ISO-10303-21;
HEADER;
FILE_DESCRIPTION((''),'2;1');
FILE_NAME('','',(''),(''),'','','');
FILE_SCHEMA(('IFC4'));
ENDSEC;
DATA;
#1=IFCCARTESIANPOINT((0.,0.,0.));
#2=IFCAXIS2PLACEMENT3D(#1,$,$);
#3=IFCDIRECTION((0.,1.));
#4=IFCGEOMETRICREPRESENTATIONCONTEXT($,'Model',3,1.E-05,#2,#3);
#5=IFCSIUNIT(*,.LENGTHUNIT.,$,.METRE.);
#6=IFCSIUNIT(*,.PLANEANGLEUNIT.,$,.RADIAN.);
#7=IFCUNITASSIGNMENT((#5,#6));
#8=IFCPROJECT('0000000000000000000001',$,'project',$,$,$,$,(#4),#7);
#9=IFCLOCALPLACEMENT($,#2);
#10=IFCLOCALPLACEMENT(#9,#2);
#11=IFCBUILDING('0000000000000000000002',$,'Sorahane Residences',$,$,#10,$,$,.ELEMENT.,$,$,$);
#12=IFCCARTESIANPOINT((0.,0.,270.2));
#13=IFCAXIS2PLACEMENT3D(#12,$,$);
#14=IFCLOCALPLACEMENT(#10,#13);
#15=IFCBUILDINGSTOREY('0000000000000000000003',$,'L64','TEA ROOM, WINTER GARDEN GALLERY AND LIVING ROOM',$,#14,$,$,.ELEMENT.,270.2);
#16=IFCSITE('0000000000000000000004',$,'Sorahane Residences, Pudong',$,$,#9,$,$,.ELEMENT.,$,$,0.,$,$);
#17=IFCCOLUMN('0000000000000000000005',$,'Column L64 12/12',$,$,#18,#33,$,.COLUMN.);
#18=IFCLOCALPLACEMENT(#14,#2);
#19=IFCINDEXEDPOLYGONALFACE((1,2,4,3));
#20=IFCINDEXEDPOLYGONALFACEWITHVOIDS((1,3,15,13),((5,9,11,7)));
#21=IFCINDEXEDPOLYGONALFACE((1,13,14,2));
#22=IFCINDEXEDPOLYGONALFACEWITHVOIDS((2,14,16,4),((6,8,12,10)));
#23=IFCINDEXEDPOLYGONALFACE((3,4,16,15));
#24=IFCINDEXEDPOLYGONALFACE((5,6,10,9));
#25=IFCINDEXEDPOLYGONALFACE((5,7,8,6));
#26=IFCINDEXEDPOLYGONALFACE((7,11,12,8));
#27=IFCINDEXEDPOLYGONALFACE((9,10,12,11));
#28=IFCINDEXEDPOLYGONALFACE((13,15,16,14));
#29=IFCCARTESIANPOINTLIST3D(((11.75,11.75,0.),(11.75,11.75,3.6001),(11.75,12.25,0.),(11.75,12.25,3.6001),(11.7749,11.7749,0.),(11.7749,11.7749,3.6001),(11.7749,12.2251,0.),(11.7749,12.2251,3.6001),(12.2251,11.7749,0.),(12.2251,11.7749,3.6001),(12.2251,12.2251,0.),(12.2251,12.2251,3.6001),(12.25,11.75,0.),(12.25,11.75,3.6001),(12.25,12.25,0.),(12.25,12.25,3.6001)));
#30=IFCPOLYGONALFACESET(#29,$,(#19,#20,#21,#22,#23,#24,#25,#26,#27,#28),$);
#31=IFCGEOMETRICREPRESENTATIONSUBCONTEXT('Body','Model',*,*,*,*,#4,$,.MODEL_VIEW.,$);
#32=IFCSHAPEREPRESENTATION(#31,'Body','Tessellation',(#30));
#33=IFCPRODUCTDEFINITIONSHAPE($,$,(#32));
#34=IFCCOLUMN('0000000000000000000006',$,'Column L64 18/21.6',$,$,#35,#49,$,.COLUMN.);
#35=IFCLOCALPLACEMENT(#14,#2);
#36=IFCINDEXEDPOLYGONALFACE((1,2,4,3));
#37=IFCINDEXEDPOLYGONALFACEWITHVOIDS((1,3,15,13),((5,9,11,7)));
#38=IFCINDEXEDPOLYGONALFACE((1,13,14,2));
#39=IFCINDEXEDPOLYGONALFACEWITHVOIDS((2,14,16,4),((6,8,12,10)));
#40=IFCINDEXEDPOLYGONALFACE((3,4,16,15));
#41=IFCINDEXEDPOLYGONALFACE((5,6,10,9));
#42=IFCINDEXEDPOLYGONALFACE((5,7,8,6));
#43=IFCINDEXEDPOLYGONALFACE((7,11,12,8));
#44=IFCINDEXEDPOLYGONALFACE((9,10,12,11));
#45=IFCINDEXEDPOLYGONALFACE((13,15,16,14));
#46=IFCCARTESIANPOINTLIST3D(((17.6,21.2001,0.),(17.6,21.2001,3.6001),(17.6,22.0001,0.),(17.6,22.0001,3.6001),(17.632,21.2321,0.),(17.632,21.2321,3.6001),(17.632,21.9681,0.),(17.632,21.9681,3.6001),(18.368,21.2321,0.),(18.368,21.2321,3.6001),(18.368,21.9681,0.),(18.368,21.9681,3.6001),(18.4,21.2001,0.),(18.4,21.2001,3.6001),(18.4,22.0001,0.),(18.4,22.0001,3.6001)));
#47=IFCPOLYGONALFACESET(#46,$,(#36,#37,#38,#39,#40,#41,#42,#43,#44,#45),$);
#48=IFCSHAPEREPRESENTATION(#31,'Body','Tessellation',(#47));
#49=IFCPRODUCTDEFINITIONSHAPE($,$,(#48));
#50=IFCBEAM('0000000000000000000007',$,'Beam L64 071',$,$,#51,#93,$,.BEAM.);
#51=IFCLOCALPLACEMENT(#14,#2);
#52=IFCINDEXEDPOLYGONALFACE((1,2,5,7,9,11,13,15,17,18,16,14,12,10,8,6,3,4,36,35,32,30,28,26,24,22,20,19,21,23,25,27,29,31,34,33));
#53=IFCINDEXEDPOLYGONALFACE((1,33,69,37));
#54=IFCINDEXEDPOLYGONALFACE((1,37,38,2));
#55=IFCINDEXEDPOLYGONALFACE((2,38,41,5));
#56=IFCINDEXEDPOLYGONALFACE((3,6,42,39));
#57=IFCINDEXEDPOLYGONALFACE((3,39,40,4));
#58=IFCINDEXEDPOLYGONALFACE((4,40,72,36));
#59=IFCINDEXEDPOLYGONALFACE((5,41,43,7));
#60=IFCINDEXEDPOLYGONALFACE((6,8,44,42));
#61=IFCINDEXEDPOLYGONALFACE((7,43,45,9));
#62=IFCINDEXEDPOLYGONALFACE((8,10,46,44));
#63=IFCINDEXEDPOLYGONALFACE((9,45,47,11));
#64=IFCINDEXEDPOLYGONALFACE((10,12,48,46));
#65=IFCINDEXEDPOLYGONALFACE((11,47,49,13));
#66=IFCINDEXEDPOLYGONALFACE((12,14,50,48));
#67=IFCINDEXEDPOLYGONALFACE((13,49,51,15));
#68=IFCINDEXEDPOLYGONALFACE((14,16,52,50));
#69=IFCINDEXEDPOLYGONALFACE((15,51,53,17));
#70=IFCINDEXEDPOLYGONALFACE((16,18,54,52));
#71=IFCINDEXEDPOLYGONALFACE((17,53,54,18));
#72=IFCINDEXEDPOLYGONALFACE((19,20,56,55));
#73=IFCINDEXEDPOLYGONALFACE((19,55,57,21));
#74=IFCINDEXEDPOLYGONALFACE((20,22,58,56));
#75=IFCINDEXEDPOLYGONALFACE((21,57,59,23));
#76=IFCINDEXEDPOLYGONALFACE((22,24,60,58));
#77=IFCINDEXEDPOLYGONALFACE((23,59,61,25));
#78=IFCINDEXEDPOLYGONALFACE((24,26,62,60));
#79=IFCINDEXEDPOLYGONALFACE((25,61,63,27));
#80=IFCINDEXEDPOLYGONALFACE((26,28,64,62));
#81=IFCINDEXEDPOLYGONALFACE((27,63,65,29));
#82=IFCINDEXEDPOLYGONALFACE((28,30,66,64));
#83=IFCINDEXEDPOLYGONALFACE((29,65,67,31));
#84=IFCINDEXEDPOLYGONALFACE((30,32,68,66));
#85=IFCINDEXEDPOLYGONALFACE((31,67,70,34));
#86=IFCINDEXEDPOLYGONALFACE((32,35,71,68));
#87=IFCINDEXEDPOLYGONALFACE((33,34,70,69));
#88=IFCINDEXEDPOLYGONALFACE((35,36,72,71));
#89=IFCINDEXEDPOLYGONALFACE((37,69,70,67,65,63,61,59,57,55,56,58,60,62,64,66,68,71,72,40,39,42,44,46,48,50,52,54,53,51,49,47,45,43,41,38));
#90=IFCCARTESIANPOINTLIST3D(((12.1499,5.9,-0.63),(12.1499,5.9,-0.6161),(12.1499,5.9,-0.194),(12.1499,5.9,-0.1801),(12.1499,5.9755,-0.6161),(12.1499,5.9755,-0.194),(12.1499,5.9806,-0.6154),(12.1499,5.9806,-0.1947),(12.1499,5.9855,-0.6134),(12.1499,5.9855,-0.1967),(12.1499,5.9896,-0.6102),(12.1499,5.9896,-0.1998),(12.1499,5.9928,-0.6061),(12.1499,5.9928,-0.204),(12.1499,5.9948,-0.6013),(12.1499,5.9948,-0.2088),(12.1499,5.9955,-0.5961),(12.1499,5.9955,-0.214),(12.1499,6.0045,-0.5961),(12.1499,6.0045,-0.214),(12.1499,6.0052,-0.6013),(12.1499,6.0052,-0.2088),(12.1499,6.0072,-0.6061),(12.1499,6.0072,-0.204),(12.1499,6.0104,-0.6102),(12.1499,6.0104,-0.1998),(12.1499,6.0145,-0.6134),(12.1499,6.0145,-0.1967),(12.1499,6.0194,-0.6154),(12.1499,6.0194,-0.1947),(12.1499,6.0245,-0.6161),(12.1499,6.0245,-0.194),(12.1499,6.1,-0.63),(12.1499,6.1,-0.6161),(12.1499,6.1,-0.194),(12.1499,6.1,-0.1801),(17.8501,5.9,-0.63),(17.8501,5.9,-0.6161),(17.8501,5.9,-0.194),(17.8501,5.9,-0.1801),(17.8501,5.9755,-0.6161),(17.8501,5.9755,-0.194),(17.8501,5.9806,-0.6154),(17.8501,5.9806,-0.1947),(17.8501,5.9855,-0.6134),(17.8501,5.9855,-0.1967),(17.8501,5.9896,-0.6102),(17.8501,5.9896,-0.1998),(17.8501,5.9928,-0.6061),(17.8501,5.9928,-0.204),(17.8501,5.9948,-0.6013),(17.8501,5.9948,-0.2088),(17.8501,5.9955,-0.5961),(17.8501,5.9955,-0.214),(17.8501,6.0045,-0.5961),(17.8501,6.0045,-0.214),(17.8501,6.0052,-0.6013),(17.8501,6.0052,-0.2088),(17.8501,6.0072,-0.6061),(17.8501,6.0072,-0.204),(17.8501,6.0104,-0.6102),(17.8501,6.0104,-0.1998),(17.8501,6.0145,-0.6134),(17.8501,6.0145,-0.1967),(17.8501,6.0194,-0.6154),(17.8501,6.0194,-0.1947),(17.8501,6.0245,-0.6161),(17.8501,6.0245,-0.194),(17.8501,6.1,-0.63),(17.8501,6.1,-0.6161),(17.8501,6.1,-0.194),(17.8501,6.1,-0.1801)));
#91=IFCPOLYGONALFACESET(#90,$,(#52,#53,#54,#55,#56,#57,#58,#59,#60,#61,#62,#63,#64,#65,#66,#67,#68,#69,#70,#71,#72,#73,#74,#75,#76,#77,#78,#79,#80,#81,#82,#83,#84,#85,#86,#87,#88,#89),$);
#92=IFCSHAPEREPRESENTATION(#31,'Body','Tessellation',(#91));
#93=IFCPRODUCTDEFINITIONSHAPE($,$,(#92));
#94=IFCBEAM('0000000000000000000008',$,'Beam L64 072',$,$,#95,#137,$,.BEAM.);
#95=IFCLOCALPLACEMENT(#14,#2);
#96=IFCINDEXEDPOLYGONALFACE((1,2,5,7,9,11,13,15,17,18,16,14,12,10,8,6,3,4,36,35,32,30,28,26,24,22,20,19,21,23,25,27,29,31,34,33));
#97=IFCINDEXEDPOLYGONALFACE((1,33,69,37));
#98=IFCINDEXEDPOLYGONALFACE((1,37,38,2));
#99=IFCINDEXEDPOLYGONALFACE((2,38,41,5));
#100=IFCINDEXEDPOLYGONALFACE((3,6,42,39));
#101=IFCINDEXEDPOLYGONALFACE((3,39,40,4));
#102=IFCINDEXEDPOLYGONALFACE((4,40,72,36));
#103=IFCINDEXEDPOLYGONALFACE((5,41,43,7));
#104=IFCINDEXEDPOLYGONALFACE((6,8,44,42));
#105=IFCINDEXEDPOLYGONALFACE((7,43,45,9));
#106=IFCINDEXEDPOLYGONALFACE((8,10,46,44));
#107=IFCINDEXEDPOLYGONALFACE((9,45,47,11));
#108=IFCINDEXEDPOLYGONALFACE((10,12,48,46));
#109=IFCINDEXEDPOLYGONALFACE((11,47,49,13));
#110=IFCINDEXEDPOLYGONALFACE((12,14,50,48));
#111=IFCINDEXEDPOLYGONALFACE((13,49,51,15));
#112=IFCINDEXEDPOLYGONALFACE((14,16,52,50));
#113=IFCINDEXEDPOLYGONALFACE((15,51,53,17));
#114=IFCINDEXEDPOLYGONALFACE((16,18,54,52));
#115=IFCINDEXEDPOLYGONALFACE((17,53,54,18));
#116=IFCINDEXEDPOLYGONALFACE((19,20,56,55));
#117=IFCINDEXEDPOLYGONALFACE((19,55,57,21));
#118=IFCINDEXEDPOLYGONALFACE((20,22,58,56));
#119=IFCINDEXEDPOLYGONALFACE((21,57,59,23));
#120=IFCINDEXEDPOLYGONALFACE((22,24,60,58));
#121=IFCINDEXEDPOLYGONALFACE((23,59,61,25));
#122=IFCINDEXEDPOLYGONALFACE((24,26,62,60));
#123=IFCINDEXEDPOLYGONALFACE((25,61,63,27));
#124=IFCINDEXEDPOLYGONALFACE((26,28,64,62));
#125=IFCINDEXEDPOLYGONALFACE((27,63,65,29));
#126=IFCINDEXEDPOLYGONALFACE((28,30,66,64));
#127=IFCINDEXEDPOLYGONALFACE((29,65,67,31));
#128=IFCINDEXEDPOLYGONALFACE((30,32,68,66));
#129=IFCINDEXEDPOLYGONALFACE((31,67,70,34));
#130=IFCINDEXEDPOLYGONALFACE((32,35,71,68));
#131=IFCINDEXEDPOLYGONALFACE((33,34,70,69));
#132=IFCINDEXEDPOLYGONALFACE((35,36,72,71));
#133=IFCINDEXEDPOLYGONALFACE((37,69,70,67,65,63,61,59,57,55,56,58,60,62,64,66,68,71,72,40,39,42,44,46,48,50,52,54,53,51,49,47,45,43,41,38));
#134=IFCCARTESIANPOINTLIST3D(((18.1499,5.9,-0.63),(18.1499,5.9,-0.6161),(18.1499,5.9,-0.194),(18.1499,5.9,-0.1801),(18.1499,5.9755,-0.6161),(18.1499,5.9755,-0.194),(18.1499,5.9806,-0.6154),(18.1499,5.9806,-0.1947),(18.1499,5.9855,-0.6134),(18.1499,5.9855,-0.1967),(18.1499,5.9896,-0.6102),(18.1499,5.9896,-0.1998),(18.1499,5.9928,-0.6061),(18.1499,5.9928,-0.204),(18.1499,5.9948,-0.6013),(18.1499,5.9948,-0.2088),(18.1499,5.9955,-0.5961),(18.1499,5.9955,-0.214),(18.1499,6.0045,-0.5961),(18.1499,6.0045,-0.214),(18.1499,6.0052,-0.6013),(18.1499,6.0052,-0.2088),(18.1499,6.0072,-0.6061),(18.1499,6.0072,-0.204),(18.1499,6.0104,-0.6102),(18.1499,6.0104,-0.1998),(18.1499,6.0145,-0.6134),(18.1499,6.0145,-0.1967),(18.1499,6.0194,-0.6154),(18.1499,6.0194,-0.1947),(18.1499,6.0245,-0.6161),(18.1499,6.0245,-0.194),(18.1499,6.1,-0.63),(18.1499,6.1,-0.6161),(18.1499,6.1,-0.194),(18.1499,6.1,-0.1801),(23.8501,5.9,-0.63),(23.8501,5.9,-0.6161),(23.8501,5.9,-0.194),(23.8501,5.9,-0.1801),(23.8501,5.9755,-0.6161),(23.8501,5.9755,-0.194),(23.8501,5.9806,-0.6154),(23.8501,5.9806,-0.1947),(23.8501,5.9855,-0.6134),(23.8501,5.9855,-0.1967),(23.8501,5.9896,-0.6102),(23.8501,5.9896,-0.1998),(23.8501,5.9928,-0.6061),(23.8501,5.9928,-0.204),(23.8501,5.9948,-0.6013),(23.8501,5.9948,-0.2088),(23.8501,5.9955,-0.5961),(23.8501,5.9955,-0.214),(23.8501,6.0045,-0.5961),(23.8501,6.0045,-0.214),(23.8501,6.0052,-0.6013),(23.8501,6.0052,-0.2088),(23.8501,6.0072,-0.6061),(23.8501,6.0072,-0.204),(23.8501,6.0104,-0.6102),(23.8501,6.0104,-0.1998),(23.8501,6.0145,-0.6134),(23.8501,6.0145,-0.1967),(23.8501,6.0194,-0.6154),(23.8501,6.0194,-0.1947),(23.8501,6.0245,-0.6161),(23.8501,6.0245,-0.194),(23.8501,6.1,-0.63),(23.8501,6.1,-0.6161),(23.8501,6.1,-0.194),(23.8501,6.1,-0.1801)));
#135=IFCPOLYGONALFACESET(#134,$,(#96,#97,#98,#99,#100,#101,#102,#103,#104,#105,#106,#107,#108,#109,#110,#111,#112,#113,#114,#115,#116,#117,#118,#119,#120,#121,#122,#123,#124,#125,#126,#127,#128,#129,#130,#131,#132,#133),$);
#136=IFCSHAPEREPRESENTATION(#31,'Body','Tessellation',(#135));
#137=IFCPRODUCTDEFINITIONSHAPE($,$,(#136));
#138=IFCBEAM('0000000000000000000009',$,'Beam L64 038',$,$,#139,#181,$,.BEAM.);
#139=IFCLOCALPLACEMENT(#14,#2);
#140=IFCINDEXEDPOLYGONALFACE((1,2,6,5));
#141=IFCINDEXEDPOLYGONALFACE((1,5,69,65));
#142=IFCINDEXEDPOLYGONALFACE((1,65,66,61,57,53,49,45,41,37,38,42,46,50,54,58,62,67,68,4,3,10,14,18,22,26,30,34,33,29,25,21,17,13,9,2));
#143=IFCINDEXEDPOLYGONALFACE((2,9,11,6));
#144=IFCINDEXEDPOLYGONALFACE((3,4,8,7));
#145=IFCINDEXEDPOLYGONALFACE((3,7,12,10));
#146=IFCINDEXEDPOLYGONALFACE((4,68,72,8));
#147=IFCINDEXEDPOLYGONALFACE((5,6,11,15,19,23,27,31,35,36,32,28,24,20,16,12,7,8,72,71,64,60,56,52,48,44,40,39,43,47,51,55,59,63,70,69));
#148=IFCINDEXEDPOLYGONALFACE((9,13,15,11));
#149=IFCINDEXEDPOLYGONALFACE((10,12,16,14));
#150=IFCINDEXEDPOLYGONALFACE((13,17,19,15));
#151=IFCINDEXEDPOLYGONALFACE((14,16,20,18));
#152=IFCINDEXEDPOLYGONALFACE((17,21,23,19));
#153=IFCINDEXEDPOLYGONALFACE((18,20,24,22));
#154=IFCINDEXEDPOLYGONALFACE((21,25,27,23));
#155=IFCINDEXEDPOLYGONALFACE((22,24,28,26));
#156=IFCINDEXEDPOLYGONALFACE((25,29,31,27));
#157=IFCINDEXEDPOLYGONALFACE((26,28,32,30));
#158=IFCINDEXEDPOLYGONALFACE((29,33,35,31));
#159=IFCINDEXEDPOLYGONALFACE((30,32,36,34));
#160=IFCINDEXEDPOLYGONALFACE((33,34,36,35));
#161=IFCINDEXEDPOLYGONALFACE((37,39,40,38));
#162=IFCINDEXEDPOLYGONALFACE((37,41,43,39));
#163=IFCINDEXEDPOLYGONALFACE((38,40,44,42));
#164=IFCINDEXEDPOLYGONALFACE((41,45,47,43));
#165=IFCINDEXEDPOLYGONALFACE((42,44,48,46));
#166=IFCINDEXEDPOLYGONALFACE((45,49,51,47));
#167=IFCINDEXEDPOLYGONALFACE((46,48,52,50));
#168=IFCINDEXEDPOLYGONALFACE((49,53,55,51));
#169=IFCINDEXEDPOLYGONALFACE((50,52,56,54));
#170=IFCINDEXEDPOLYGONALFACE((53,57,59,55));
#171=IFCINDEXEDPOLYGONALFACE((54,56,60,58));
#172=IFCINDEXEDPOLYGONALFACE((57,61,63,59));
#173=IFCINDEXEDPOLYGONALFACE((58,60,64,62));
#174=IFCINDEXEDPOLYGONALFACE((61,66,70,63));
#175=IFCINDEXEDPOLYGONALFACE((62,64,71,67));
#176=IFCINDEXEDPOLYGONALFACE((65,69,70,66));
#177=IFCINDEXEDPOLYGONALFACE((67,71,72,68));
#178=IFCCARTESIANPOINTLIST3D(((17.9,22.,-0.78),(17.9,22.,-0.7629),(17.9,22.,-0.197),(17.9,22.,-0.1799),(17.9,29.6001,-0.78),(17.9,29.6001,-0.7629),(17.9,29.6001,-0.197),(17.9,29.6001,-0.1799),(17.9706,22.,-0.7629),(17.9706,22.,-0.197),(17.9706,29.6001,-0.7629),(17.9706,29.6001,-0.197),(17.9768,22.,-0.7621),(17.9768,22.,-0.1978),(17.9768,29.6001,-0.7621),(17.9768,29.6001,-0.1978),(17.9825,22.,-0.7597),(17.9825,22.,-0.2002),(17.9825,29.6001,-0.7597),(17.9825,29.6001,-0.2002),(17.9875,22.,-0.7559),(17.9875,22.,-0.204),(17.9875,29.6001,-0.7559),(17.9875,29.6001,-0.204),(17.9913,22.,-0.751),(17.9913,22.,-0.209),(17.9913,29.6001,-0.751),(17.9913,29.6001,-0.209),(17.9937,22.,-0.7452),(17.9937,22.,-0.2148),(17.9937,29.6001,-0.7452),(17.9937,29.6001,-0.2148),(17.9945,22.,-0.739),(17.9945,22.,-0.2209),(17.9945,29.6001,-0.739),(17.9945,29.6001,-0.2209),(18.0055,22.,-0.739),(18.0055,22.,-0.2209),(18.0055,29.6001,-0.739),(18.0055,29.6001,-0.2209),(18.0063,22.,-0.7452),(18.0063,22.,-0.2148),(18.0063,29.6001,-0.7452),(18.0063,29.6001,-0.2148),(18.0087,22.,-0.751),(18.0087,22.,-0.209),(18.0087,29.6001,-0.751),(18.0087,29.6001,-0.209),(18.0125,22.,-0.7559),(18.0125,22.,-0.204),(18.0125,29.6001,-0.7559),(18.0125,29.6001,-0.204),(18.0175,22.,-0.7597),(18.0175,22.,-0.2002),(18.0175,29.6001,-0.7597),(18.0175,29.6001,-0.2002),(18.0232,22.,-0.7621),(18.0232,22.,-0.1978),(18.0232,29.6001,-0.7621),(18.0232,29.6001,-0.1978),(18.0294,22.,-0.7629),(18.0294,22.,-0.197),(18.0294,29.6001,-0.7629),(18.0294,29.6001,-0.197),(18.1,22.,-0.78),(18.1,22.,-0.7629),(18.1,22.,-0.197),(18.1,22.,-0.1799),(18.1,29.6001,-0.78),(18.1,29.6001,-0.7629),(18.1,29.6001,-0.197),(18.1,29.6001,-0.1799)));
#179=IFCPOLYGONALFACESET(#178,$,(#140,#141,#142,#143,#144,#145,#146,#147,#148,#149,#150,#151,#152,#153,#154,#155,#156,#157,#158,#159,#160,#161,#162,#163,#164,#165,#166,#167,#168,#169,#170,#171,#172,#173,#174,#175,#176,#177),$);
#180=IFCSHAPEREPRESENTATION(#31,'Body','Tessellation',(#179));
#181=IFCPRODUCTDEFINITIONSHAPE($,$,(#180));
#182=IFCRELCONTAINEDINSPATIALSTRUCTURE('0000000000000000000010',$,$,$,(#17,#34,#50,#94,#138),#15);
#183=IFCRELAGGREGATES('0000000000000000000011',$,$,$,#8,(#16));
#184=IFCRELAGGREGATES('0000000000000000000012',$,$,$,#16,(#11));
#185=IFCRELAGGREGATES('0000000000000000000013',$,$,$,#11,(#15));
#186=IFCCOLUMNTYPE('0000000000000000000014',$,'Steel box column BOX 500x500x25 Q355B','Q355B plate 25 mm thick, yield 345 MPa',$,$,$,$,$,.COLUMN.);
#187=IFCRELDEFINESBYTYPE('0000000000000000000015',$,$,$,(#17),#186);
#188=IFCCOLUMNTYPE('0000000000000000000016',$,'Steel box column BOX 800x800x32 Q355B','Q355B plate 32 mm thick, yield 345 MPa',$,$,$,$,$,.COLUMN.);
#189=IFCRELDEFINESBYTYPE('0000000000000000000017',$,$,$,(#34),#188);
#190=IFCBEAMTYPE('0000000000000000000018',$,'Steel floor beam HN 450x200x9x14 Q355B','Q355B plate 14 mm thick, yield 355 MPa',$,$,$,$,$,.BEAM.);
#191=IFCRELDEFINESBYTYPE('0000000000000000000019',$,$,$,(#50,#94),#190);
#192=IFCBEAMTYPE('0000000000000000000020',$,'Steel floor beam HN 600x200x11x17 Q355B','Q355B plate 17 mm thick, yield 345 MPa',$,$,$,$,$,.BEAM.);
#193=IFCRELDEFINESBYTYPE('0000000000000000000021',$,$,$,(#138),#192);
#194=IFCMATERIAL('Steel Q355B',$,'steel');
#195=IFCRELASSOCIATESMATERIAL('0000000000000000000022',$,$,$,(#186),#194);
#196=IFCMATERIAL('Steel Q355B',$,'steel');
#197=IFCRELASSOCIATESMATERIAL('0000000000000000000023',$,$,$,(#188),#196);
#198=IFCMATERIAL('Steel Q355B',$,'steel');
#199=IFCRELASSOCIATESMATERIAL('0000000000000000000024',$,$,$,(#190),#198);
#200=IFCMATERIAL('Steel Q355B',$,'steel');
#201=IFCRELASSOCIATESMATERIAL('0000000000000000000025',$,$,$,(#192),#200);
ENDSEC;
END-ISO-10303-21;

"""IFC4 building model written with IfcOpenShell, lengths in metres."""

from ifc_helpers import new_model, si_unit, direction, frame, origin, origin_2d, place, context, subcontext, project, spatial, hollow_rectangle, i_section, extrude, material, material_profile, profile_set, type_object, element, save


model = new_model("IFC4")

# Units and contexts
model_context = context("Model", 3, precision=1e-05, world=origin(), true_north=direction((0.0, 1.0)))
body_context = subcontext(model_context, "Body", "Model", "MODEL_VIEW")
ifc_project = project(units=[si_unit("LENGTHUNIT", "METRE"), si_unit("PLANEANGLEUNIT", "RADIAN")], contexts=[model_context])

# Site, building, storey
site_placement = place(None, origin())
site = spatial("IfcSite", under=ifc_project, at=site_placement, Name="Sorahane Residences, Pudong", CompositionType="ELEMENT", RefElevation=0.0)
building_placement = place(site_placement, origin())
building = spatial("IfcBuilding", under=site, at=building_placement, Name="Sorahane Residences", CompositionType="ELEMENT")
storey_placement = place(building_placement, frame((0.0, 0.0, 270.2)))
storey = spatial("IfcBuildingStorey", under=building, at=storey_placement, Name="L64", Description="TEA ROOM, WINTER GARDEN GALLERY AND LIVING ROOM", CompositionType="ELEMENT", Elevation=270.2)

# Columns
ifc_material_1 = material(Name="Steel Q355B", Category="steel")
ifc_material_profile_1 = material_profile(ifc_material_1, hollow_rectangle(XDim=0.5, YDim=0.5, WallThickness=0.0249, at=origin_2d()), Name="BOX 500x500x25")
ifc_profile_set_1 = profile_set([ifc_material_profile_1], Name="Steel Q355B")
column_type_1 = type_object("IfcColumnType", Name="Steel box column BOX 500x500x25 Q355B", Description="Q355B plate 25 mm thick, yield 345 MPa", PredefinedType="COLUMN", material=ifc_profile_set_1)
column_1_placement = place(storey_placement, frame((12.0, 12.0, 0.0), z_axis=(0.0, 0.0, 1.0), x_axis=(1.0, 0.0, 0.0)))
element("IfcColumn", 1, at=column_1_placement, inside=storey, type_object=column_type_1, Name="Column L64 12/12", PredefinedType="COLUMN", context=body_context, shape_type="SweptSolid", body=[
    extrude(hollow_rectangle(XDim=0.5, YDim=0.5, WallThickness=0.0249, at=origin_2d()), origin(), (0.0, 0.0, 1.0), 3.6001),
])
ifc_material_2 = material(Name="Steel Q355B", Category="steel")
ifc_material_profile_2 = material_profile(ifc_material_2, hollow_rectangle(XDim=0.8, YDim=0.8, WallThickness=0.032, at=origin_2d()), Name="BOX 800x800x32")
ifc_profile_set_2 = profile_set([ifc_material_profile_2], Name="Steel Q355B")
column_type_2 = type_object("IfcColumnType", Name="Steel box column BOX 800x800x32 Q355B", Description="Q355B plate 32 mm thick, yield 345 MPa", PredefinedType="COLUMN", material=ifc_profile_set_2)
column_2_placement = place(storey_placement, frame((18.0, 21.6001, 0.0), z_axis=(0.0, 0.0, 1.0), x_axis=(1.0, 0.0, 0.0)))
element("IfcColumn", 2, at=column_2_placement, inside=storey, type_object=column_type_2, Name="Column L64 18/21.6", PredefinedType="COLUMN", context=body_context, shape_type="SweptSolid", body=[
    extrude(hollow_rectangle(XDim=0.8, YDim=0.8, WallThickness=0.032, at=origin_2d()), origin(), (0.0, 0.0, 1.0), 3.6001),
])

# Beams
ifc_material_3 = material(Name="Steel Q355B", Category="steel")
ifc_material_profile_3 = material_profile(ifc_material_3, i_section(OverallWidth=0.2, OverallDepth=0.45, WebThickness=0.009, FlangeThickness=0.0139, FilletRadius=0.02, at=origin_2d()), Name="HN 450x200x9x14")
ifc_profile_set_3 = profile_set([ifc_material_profile_3], Name="Steel Q355B")
beam_type_1 = type_object("IfcBeamType", Name="Steel floor beam HN 450x200x9x14 Q355B", Description="Q355B plate 14 mm thick, yield 355 MPa", PredefinedType="BEAM", material=ifc_profile_set_3)
for number, where, z_axis, x_axis, name in (
    (3, (12.1499, 6.0, -0.405), (1.0, 0.0, 0.0), (0.0, 1.0, 0.0), "Beam L64 071"),
    (4, (18.1499, 6.0, -0.405), (1.0, 0.0, 0.0), (0.0, 1.0, 0.0), "Beam L64 072"),
):
    element("IfcBeam", number, at=place(storey_placement, frame(where, z_axis=z_axis, x_axis=x_axis)), inside=storey, type_object=beam_type_1, Name=name, PredefinedType="BEAM", context=body_context, shape_type="SweptSolid", body=[
        extrude(i_section(OverallWidth=0.2, OverallDepth=0.45, WebThickness=0.009, FlangeThickness=0.0139, FilletRadius=0.02, at=origin_2d()), origin(), (0.0, 0.0, 1.0), 5.7002),
    ])
ifc_material_4 = material(Name="Steel Q355B", Category="steel")
ifc_material_profile_4 = material_profile(ifc_material_4, i_section(OverallWidth=0.2, OverallDepth=0.6001, WebThickness=0.011, FlangeThickness=0.0171, FilletRadius=0.0239, at=origin_2d()), Name="HN 600x200x11x17")
ifc_profile_set_4 = profile_set([ifc_material_profile_4], Name="Steel Q355B")
beam_type_2 = type_object("IfcBeamType", Name="Steel floor beam HN 600x200x11x17 Q355B", Description="Q355B plate 17 mm thick, yield 345 MPa", PredefinedType="BEAM", material=ifc_profile_set_4)
beam_1_placement = place(storey_placement, frame((18.0, 22.0, -0.48), z_axis=(0.0, 1.0, 0.0), x_axis=(-1.0, 0.0, 0.0)))
element("IfcBeam", 5, at=beam_1_placement, inside=storey, type_object=beam_type_2, Name="Beam L64 038", PredefinedType="BEAM", context=body_context, shape_type="SweptSolid", body=[
    extrude(i_section(OverallWidth=0.2, OverallDepth=0.6001, WebThickness=0.011, FlangeThickness=0.0171, FilletRadius=0.0239, at=origin_2d()), origin(), (0.0, 0.0, 1.0), 7.6001),
])

save(model, "model.ifc")
